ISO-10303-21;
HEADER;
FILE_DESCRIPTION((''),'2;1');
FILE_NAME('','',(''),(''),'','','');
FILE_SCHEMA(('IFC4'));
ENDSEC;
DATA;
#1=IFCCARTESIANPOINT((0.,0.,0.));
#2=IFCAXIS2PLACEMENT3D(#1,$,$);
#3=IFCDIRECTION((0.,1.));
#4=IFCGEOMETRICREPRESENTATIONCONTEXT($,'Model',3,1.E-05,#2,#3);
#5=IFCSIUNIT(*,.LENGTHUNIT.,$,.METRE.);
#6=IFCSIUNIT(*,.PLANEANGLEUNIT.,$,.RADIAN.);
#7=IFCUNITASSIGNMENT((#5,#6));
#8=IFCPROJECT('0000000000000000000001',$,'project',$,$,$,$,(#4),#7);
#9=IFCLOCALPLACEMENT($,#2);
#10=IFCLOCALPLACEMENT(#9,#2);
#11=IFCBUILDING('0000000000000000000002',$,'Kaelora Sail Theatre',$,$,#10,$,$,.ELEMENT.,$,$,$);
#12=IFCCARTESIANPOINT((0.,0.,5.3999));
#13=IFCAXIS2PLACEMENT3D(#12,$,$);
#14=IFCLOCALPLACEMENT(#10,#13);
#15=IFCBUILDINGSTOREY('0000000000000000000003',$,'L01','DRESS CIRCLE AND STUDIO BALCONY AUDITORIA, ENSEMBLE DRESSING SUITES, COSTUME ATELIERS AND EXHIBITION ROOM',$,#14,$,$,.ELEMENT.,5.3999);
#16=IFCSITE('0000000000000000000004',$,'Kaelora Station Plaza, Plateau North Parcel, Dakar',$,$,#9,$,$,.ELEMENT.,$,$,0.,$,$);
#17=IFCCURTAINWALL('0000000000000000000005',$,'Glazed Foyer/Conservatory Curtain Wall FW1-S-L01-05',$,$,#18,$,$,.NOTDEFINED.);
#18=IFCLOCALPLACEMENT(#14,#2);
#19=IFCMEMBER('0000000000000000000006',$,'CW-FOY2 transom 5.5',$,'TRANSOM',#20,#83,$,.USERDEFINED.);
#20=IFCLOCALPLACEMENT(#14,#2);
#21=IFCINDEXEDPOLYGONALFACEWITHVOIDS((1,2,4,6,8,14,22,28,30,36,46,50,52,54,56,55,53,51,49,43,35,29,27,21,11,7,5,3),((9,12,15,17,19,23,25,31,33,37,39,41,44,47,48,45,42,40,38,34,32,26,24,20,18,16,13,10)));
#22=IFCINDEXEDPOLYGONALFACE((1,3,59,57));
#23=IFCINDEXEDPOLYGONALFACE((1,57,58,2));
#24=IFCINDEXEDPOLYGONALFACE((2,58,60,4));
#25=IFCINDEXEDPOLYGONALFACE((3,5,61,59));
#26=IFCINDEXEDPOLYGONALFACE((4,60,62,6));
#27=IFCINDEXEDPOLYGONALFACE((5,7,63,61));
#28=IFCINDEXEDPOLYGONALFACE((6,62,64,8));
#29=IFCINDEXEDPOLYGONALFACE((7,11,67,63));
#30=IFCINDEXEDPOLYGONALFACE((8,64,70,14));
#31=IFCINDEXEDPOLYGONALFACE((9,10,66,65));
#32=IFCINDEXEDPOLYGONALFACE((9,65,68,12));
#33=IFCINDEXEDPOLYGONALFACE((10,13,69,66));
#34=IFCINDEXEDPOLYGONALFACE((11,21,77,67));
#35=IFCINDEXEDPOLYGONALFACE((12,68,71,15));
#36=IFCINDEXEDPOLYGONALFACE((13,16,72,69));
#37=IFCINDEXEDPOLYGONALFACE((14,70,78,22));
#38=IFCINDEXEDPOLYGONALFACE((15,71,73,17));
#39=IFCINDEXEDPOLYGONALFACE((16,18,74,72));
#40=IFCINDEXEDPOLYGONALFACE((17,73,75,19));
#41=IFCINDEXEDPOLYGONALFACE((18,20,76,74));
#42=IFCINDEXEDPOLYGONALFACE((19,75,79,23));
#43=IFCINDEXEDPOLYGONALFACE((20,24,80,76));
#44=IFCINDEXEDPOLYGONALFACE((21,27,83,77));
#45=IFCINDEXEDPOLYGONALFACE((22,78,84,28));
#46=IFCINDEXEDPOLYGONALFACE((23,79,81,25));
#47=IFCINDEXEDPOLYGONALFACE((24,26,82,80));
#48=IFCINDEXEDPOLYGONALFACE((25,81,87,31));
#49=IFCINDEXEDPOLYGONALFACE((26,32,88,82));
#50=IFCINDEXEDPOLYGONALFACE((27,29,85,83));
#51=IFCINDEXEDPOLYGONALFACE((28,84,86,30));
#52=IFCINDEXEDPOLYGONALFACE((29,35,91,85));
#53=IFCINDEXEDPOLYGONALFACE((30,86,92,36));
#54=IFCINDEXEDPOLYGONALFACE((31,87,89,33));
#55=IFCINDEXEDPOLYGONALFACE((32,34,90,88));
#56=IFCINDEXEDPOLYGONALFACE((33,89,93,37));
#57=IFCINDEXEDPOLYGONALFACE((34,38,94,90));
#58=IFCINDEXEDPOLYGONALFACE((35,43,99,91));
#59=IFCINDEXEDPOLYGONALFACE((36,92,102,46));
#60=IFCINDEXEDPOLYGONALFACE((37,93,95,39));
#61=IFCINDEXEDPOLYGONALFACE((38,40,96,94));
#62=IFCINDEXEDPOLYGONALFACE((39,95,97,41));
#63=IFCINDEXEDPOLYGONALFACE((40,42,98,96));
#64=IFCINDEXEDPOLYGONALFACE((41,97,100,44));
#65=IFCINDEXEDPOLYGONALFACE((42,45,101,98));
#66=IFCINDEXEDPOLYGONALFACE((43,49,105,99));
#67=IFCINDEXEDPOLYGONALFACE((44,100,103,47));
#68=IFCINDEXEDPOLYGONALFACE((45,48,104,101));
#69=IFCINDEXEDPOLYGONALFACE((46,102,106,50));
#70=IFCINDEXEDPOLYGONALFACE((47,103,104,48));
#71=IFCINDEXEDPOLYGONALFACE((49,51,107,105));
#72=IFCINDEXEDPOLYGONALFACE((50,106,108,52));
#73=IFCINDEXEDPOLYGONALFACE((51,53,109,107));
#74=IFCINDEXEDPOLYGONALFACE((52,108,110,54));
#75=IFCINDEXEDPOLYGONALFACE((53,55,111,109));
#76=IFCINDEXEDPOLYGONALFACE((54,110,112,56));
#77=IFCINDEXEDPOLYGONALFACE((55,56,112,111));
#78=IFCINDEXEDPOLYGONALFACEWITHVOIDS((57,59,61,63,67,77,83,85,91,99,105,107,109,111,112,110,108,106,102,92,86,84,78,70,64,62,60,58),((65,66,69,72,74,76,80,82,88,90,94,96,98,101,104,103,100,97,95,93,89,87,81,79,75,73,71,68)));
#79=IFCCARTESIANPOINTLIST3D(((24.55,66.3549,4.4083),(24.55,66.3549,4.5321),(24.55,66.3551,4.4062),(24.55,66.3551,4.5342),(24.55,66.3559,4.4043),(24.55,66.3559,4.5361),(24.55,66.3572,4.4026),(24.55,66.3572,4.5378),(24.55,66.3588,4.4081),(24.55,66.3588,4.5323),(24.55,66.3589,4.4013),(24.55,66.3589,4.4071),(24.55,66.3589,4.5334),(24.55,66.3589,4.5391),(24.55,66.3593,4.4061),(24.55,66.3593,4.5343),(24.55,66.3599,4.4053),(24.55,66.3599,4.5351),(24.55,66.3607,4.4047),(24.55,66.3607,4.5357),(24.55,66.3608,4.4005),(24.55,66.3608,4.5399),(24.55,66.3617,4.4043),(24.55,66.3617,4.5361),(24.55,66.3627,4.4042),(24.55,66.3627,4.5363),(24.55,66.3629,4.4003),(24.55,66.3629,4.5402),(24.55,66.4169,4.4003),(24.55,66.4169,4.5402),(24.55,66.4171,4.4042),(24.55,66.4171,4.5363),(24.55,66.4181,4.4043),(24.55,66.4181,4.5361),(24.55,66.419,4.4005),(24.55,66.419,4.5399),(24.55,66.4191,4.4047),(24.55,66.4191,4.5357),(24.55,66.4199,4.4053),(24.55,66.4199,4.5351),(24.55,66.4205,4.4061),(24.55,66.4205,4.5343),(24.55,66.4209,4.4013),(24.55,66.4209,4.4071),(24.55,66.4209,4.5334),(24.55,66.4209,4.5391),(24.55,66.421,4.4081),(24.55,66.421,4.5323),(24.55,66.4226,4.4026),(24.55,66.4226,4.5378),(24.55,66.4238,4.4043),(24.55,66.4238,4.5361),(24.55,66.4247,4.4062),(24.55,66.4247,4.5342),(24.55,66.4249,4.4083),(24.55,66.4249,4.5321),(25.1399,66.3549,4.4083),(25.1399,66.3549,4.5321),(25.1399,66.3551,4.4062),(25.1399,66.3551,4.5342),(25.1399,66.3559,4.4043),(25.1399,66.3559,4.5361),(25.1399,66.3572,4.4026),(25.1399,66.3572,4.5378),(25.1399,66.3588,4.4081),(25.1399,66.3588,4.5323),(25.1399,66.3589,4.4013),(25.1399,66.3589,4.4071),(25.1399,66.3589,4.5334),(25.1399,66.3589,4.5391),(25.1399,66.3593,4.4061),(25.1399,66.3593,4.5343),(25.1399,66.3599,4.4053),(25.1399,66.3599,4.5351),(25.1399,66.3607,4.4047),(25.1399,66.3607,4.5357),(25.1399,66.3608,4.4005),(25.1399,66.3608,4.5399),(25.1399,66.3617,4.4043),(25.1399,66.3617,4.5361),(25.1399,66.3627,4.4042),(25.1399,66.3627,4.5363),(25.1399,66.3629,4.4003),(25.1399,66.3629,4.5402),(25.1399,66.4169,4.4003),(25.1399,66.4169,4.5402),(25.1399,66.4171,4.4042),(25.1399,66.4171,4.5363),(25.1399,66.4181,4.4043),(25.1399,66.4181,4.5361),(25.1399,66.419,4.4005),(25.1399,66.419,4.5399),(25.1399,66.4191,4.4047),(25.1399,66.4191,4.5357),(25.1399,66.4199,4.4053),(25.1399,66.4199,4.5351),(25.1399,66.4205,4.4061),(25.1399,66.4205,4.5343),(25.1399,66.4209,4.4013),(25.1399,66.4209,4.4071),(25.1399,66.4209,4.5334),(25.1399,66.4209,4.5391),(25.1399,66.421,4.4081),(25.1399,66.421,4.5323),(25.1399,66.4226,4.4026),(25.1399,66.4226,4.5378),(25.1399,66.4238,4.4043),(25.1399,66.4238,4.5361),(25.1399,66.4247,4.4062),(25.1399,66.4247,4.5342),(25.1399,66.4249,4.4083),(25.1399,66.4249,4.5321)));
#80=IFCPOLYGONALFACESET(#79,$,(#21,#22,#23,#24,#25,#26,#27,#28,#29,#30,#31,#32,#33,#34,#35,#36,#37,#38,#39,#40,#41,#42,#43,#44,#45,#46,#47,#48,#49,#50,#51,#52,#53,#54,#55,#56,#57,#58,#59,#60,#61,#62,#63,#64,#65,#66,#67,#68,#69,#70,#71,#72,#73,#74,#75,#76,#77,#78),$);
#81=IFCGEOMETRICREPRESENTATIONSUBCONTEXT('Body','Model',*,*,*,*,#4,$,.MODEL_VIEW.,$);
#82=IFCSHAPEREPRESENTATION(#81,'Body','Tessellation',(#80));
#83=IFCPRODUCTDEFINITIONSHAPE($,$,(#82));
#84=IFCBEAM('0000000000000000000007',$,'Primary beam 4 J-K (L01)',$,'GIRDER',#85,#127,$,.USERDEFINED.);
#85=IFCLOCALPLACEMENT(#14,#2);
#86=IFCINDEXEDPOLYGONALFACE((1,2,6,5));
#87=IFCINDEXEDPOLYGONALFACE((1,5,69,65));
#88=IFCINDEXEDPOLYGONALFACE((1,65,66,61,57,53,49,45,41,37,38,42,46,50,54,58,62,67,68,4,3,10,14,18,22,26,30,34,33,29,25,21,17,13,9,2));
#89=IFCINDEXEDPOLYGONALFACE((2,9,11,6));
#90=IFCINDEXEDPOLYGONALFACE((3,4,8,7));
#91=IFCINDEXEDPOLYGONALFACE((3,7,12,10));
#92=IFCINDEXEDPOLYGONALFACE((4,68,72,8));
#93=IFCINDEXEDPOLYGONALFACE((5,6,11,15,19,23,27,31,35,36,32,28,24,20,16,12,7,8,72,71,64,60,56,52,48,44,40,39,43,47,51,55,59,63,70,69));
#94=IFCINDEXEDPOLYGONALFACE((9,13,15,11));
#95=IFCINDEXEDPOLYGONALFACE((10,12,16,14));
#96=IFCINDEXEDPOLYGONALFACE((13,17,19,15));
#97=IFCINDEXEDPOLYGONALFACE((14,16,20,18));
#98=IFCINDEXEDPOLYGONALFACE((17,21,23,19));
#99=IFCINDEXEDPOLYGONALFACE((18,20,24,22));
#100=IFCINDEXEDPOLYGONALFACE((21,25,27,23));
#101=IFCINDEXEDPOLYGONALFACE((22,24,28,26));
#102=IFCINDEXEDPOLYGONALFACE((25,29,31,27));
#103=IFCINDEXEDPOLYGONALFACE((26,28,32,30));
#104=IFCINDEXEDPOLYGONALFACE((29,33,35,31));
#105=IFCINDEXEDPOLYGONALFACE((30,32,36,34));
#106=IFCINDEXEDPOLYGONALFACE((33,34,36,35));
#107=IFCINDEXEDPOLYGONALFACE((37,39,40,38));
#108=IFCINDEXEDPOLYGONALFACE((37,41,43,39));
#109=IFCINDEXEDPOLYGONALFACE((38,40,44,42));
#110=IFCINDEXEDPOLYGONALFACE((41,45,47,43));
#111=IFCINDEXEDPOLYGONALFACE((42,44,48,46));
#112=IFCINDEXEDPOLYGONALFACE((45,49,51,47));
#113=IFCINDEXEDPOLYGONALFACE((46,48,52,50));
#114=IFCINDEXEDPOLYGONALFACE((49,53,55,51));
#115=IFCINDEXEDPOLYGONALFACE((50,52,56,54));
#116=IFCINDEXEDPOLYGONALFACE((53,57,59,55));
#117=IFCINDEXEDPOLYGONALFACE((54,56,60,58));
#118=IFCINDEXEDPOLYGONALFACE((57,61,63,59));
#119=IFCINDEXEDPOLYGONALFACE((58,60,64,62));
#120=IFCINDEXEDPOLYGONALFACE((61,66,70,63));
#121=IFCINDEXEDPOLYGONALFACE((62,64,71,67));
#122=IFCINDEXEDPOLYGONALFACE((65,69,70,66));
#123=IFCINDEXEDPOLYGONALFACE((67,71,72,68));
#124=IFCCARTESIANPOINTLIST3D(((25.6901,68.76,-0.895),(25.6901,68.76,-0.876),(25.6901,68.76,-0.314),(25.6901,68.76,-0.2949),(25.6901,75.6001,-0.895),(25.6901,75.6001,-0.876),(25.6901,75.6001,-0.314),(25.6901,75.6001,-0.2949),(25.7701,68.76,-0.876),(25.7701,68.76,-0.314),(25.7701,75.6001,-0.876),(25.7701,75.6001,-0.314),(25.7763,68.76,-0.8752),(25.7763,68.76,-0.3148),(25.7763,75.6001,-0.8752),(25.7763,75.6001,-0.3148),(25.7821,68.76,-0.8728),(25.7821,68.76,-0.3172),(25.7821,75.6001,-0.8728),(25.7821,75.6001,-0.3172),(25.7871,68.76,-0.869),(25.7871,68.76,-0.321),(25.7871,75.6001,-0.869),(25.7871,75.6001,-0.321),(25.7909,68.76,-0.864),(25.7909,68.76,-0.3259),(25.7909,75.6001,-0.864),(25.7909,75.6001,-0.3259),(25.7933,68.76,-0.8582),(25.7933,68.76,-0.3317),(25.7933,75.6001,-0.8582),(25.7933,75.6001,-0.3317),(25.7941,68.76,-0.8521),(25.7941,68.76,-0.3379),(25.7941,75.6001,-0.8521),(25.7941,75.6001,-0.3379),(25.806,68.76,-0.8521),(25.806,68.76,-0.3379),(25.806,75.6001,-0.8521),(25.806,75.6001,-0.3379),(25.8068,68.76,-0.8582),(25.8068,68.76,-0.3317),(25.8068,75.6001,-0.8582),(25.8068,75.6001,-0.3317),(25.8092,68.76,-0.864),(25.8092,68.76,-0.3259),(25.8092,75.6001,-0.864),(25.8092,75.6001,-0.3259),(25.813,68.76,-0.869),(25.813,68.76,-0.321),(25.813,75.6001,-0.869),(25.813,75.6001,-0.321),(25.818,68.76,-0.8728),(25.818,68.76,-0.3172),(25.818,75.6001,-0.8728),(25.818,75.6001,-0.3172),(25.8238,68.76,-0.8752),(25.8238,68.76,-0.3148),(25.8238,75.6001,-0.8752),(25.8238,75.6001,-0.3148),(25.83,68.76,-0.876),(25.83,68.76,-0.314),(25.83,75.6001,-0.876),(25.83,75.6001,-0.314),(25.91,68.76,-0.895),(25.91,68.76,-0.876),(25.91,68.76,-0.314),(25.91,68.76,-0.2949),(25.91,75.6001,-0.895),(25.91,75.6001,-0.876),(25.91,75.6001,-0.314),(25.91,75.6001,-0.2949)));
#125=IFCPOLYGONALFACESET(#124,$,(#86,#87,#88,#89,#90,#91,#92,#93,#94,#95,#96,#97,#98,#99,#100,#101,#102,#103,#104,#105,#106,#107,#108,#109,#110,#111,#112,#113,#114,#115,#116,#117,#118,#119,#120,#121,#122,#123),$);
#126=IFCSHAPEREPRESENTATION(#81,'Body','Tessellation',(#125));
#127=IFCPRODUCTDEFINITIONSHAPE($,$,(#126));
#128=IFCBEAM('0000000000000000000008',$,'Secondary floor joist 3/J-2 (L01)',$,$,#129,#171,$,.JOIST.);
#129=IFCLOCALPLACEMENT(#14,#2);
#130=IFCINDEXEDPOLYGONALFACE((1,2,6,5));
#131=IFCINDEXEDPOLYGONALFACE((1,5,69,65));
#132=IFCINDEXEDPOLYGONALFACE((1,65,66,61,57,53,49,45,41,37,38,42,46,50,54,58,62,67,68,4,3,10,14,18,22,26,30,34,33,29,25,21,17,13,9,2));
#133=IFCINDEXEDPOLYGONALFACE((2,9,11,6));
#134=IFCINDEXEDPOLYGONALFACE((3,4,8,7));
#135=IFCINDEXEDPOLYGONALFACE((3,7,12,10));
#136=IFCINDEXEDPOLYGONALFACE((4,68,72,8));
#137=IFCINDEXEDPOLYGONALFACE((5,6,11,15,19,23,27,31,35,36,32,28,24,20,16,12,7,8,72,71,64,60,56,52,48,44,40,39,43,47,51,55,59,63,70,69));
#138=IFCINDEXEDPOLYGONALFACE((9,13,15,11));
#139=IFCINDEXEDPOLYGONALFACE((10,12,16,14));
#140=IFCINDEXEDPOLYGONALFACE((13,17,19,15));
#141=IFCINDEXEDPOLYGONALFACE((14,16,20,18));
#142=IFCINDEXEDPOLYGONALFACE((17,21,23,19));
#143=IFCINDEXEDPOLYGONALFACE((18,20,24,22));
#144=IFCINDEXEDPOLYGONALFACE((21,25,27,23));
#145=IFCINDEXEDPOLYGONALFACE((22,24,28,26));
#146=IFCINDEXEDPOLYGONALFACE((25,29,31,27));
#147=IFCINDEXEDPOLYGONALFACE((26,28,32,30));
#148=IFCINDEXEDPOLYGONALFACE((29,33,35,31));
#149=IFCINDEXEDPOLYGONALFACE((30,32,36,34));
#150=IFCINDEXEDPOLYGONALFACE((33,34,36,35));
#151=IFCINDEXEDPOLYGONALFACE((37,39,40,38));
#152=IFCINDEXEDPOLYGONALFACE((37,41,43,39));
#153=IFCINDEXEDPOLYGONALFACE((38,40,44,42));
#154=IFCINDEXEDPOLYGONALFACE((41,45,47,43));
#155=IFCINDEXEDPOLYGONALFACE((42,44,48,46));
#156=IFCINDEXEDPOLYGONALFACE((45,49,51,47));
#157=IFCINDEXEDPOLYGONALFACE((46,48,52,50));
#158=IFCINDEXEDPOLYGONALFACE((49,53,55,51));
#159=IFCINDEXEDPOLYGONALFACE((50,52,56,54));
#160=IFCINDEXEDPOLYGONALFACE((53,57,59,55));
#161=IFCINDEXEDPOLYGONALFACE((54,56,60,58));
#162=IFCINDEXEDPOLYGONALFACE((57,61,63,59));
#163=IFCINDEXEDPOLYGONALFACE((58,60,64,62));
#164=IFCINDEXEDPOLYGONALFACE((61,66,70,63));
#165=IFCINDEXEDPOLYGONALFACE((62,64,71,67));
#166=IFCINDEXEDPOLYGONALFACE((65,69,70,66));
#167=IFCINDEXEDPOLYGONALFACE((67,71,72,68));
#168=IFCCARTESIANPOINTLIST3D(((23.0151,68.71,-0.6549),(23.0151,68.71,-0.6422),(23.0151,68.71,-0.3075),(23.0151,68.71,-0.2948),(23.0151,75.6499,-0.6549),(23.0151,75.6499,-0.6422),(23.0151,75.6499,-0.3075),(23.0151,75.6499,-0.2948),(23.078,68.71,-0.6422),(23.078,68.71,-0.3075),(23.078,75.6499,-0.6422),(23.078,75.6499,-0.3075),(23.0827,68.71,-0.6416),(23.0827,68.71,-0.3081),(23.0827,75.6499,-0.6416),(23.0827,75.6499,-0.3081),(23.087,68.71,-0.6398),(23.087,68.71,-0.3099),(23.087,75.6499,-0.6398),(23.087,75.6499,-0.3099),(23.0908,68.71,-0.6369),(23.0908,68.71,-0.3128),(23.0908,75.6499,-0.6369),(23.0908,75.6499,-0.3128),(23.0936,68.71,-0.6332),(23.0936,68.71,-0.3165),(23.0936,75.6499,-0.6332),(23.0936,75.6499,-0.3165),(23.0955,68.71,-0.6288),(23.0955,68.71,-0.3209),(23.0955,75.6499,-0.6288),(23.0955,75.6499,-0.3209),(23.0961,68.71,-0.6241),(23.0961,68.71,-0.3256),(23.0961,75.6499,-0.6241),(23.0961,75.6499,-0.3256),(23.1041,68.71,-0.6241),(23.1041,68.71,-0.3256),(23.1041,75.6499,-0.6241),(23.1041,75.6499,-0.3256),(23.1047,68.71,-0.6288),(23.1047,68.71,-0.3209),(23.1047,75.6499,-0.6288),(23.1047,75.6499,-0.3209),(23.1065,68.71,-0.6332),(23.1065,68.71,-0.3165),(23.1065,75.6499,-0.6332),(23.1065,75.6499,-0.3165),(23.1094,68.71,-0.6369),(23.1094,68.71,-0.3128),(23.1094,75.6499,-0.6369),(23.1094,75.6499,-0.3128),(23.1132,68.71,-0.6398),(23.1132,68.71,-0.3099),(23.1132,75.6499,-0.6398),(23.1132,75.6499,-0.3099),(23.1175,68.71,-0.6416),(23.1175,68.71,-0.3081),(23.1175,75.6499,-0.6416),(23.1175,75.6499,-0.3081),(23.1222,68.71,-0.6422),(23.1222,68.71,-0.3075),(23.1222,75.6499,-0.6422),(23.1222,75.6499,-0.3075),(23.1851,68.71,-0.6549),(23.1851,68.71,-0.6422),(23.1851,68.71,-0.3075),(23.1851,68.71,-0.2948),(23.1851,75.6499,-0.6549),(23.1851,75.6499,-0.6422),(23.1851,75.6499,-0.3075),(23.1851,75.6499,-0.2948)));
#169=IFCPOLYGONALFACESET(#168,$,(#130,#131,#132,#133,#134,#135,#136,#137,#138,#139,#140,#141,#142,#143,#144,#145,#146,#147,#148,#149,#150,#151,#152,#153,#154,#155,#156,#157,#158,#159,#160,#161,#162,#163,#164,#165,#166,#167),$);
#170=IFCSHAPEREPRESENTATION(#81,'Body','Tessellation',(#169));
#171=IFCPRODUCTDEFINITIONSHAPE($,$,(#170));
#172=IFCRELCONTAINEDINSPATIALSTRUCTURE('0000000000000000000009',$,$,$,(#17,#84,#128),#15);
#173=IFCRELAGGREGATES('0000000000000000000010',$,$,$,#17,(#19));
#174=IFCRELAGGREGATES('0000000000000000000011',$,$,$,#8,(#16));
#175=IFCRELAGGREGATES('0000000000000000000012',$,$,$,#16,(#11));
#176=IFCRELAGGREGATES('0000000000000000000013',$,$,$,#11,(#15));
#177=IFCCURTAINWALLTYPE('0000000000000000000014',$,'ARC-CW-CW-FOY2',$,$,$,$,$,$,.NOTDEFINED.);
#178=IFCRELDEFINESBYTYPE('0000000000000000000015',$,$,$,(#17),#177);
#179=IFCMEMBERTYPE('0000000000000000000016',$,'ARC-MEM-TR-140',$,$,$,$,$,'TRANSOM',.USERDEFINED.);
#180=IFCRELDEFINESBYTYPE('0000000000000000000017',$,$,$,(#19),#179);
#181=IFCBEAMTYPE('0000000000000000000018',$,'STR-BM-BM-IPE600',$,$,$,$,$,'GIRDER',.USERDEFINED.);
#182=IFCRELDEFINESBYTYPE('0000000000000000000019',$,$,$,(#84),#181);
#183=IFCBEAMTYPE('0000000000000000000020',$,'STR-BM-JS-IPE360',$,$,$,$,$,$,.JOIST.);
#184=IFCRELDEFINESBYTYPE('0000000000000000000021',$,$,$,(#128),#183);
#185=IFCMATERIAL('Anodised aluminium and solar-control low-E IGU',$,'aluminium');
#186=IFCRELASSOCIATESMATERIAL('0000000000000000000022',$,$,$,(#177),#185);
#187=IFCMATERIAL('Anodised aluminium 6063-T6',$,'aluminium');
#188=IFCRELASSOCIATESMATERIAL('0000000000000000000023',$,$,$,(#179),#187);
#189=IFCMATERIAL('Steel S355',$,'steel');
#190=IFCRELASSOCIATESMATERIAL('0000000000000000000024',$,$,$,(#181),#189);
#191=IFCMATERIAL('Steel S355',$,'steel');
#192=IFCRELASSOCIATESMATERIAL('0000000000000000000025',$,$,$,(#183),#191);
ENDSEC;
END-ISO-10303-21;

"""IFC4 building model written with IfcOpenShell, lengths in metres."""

from ifc_helpers import new_model, si_unit, direction, frame, origin, origin_2d, place, context, subcontext, project, spatial, hollow_rectangle, i_section, extrude, material, material_profile, profile_set, type_object, element, aggregate, save


model = new_model("IFC4")

# Units and contexts
model_context = context("Model", 3, precision=1e-05, world=origin(), true_north=direction((0.0, 1.0)))
body_context = subcontext(model_context, "Body", "Model", "MODEL_VIEW")
ifc_project = project(units=[si_unit("LENGTHUNIT", "METRE"), si_unit("PLANEANGLEUNIT", "RADIAN")], contexts=[model_context])

# Site, building, storey
site_placement = place(None, origin())
site = spatial("IfcSite", under=ifc_project, at=site_placement, Name="Kaelora Station Plaza, Plateau North Parcel, Dakar", CompositionType="ELEMENT", RefElevation=0.0)
building_placement = place(site_placement, origin())
building = spatial("IfcBuilding", under=site, at=building_placement, Name="Kaelora Sail Theatre", CompositionType="ELEMENT")
storey_placement = place(building_placement, frame((0.0, 0.0, 5.3999)))
storey = spatial("IfcBuildingStorey", under=building, at=storey_placement, Name="L01", Description="DRESS CIRCLE AND STUDIO BALCONY AUDITORIA, ENSEMBLE DRESSING SUITES, COSTUME ATELIERS AND EXHIBITION ROOM", CompositionType="ELEMENT", Elevation=5.3999)

# Curtain wall, member
ifc_material_1 = material(Name="Anodised aluminium and solar-control low-E IGU", Category="aluminium")
curtain_wall_type = type_object("IfcCurtainWallType", Name="ARC-CW-CW-FOY2", PredefinedType="NOTDEFINED", material=ifc_material_1)
curtain_wall_placement = place(storey_placement, origin())
curtain_wall = element("IfcCurtainWall", 1, at=curtain_wall_placement, inside=storey, type_object=curtain_wall_type, Name="Glazed Foyer/Conservatory Curtain Wall FW1-S-L01-05", PredefinedType="NOTDEFINED")
ifc_material_2 = material(Name="Anodised aluminium 6063-T6", Category="aluminium")
ifc_material_profile_1 = material_profile(ifc_material_2, hollow_rectangle(XDim=0.0701, YDim=0.1399, WallThickness=0.0039, InnerFilletRadius=0.0039, OuterFilletRadius=0.0081, at=origin_2d()), Name="ALU-TRAN 70x140x4")
ifc_profile_set_1 = profile_set([ifc_material_profile_1], Name="Anodised aluminium 6063-T6")
member_type_1 = type_object("IfcMemberType", Name="ARC-MEM-TR-140", ElementType="TRANSOM", PredefinedType="USERDEFINED", material=ifc_profile_set_1)
member_1_placement = place(storey_placement, frame((24.55, 66.3899, 4.4702), z_axis=(1.0, 0.0, 0.0), x_axis=(0.0, 1.0, 0.0)))
member_1 = element("IfcMember", 2, at=member_1_placement, type_object=member_type_1, Name="CW-FOY2 transom 5.5", ObjectType="TRANSOM", PredefinedType="USERDEFINED", context=body_context, shape_type="SweptSolid", body=[
    extrude(hollow_rectangle(XDim=0.0701, YDim=0.1399, WallThickness=0.0039, InnerFilletRadius=0.0039, OuterFilletRadius=0.0081, at=origin_2d()), origin(), (0.0, 0.0, 1.0), 0.5898),
])

# Beams
ifc_material_3 = material(Name="Steel S355", Category="steel")
ifc_material_profile_2 = material_profile(ifc_material_3, i_section(OverallWidth=0.22, OverallDepth=0.6001, WebThickness=0.012, FlangeThickness=0.019, FilletRadius=0.0239, at=origin_2d()), Name="IPE 600")
ifc_profile_set_2 = profile_set([ifc_material_profile_2], Name="Steel S355")
beam_type_1 = type_object("IfcBeamType", Name="STR-BM-BM-IPE600", ElementType="GIRDER", PredefinedType="USERDEFINED", material=ifc_profile_set_2)
beam_1_placement = place(storey_placement, frame((25.8, 68.76, -0.595), z_axis=(0.0, 1.0, 0.0), x_axis=(-1.0, 0.0, 0.0)))
element("IfcBeam", 3, at=beam_1_placement, inside=storey, type_object=beam_type_1, Name="Primary beam 4 J-K (L01)", ObjectType="GIRDER", PredefinedType="USERDEFINED", context=body_context, shape_type="SweptSolid", body=[
    extrude(i_section(OverallWidth=0.22, OverallDepth=0.6001, WebThickness=0.012, FlangeThickness=0.019, FilletRadius=0.0239, at=origin_2d()), origin(), (0.0, 0.0, 1.0), 6.8401),
])
ifc_material_4 = material(Name="Steel S355", Category="steel")
ifc_material_profile_3 = material_profile(ifc_material_4, i_section(OverallWidth=0.1699, OverallDepth=0.3601, WebThickness=0.0081, FlangeThickness=0.0127, FilletRadius=0.0181, at=origin_2d()), Name="IPE 360")
ifc_profile_set_3 = profile_set([ifc_material_profile_3], Name="Steel S355")
beam_type_2 = type_object("IfcBeamType", Name="STR-BM-JS-IPE360", PredefinedType="JOIST", material=ifc_profile_set_3)
beam_2_placement = place(storey_placement, frame((23.1001, 68.71, -0.4749), z_axis=(0.0, 1.0, 0.0), x_axis=(-1.0, 0.0, 0.0)))
element("IfcBeam", 4, at=beam_2_placement, inside=storey, type_object=beam_type_2, Name="Secondary floor joist 3/J-2 (L01)", PredefinedType="JOIST", context=body_context, shape_type="SweptSolid", body=[
    extrude(i_section(OverallWidth=0.1699, OverallDepth=0.3601, WebThickness=0.0081, FlangeThickness=0.0127, FilletRadius=0.0181, at=origin_2d()), origin(), (0.0, 0.0, 1.0), 6.9399),
])

aggregate(curtain_wall, [member_1])

save(model, "model.ifc")
